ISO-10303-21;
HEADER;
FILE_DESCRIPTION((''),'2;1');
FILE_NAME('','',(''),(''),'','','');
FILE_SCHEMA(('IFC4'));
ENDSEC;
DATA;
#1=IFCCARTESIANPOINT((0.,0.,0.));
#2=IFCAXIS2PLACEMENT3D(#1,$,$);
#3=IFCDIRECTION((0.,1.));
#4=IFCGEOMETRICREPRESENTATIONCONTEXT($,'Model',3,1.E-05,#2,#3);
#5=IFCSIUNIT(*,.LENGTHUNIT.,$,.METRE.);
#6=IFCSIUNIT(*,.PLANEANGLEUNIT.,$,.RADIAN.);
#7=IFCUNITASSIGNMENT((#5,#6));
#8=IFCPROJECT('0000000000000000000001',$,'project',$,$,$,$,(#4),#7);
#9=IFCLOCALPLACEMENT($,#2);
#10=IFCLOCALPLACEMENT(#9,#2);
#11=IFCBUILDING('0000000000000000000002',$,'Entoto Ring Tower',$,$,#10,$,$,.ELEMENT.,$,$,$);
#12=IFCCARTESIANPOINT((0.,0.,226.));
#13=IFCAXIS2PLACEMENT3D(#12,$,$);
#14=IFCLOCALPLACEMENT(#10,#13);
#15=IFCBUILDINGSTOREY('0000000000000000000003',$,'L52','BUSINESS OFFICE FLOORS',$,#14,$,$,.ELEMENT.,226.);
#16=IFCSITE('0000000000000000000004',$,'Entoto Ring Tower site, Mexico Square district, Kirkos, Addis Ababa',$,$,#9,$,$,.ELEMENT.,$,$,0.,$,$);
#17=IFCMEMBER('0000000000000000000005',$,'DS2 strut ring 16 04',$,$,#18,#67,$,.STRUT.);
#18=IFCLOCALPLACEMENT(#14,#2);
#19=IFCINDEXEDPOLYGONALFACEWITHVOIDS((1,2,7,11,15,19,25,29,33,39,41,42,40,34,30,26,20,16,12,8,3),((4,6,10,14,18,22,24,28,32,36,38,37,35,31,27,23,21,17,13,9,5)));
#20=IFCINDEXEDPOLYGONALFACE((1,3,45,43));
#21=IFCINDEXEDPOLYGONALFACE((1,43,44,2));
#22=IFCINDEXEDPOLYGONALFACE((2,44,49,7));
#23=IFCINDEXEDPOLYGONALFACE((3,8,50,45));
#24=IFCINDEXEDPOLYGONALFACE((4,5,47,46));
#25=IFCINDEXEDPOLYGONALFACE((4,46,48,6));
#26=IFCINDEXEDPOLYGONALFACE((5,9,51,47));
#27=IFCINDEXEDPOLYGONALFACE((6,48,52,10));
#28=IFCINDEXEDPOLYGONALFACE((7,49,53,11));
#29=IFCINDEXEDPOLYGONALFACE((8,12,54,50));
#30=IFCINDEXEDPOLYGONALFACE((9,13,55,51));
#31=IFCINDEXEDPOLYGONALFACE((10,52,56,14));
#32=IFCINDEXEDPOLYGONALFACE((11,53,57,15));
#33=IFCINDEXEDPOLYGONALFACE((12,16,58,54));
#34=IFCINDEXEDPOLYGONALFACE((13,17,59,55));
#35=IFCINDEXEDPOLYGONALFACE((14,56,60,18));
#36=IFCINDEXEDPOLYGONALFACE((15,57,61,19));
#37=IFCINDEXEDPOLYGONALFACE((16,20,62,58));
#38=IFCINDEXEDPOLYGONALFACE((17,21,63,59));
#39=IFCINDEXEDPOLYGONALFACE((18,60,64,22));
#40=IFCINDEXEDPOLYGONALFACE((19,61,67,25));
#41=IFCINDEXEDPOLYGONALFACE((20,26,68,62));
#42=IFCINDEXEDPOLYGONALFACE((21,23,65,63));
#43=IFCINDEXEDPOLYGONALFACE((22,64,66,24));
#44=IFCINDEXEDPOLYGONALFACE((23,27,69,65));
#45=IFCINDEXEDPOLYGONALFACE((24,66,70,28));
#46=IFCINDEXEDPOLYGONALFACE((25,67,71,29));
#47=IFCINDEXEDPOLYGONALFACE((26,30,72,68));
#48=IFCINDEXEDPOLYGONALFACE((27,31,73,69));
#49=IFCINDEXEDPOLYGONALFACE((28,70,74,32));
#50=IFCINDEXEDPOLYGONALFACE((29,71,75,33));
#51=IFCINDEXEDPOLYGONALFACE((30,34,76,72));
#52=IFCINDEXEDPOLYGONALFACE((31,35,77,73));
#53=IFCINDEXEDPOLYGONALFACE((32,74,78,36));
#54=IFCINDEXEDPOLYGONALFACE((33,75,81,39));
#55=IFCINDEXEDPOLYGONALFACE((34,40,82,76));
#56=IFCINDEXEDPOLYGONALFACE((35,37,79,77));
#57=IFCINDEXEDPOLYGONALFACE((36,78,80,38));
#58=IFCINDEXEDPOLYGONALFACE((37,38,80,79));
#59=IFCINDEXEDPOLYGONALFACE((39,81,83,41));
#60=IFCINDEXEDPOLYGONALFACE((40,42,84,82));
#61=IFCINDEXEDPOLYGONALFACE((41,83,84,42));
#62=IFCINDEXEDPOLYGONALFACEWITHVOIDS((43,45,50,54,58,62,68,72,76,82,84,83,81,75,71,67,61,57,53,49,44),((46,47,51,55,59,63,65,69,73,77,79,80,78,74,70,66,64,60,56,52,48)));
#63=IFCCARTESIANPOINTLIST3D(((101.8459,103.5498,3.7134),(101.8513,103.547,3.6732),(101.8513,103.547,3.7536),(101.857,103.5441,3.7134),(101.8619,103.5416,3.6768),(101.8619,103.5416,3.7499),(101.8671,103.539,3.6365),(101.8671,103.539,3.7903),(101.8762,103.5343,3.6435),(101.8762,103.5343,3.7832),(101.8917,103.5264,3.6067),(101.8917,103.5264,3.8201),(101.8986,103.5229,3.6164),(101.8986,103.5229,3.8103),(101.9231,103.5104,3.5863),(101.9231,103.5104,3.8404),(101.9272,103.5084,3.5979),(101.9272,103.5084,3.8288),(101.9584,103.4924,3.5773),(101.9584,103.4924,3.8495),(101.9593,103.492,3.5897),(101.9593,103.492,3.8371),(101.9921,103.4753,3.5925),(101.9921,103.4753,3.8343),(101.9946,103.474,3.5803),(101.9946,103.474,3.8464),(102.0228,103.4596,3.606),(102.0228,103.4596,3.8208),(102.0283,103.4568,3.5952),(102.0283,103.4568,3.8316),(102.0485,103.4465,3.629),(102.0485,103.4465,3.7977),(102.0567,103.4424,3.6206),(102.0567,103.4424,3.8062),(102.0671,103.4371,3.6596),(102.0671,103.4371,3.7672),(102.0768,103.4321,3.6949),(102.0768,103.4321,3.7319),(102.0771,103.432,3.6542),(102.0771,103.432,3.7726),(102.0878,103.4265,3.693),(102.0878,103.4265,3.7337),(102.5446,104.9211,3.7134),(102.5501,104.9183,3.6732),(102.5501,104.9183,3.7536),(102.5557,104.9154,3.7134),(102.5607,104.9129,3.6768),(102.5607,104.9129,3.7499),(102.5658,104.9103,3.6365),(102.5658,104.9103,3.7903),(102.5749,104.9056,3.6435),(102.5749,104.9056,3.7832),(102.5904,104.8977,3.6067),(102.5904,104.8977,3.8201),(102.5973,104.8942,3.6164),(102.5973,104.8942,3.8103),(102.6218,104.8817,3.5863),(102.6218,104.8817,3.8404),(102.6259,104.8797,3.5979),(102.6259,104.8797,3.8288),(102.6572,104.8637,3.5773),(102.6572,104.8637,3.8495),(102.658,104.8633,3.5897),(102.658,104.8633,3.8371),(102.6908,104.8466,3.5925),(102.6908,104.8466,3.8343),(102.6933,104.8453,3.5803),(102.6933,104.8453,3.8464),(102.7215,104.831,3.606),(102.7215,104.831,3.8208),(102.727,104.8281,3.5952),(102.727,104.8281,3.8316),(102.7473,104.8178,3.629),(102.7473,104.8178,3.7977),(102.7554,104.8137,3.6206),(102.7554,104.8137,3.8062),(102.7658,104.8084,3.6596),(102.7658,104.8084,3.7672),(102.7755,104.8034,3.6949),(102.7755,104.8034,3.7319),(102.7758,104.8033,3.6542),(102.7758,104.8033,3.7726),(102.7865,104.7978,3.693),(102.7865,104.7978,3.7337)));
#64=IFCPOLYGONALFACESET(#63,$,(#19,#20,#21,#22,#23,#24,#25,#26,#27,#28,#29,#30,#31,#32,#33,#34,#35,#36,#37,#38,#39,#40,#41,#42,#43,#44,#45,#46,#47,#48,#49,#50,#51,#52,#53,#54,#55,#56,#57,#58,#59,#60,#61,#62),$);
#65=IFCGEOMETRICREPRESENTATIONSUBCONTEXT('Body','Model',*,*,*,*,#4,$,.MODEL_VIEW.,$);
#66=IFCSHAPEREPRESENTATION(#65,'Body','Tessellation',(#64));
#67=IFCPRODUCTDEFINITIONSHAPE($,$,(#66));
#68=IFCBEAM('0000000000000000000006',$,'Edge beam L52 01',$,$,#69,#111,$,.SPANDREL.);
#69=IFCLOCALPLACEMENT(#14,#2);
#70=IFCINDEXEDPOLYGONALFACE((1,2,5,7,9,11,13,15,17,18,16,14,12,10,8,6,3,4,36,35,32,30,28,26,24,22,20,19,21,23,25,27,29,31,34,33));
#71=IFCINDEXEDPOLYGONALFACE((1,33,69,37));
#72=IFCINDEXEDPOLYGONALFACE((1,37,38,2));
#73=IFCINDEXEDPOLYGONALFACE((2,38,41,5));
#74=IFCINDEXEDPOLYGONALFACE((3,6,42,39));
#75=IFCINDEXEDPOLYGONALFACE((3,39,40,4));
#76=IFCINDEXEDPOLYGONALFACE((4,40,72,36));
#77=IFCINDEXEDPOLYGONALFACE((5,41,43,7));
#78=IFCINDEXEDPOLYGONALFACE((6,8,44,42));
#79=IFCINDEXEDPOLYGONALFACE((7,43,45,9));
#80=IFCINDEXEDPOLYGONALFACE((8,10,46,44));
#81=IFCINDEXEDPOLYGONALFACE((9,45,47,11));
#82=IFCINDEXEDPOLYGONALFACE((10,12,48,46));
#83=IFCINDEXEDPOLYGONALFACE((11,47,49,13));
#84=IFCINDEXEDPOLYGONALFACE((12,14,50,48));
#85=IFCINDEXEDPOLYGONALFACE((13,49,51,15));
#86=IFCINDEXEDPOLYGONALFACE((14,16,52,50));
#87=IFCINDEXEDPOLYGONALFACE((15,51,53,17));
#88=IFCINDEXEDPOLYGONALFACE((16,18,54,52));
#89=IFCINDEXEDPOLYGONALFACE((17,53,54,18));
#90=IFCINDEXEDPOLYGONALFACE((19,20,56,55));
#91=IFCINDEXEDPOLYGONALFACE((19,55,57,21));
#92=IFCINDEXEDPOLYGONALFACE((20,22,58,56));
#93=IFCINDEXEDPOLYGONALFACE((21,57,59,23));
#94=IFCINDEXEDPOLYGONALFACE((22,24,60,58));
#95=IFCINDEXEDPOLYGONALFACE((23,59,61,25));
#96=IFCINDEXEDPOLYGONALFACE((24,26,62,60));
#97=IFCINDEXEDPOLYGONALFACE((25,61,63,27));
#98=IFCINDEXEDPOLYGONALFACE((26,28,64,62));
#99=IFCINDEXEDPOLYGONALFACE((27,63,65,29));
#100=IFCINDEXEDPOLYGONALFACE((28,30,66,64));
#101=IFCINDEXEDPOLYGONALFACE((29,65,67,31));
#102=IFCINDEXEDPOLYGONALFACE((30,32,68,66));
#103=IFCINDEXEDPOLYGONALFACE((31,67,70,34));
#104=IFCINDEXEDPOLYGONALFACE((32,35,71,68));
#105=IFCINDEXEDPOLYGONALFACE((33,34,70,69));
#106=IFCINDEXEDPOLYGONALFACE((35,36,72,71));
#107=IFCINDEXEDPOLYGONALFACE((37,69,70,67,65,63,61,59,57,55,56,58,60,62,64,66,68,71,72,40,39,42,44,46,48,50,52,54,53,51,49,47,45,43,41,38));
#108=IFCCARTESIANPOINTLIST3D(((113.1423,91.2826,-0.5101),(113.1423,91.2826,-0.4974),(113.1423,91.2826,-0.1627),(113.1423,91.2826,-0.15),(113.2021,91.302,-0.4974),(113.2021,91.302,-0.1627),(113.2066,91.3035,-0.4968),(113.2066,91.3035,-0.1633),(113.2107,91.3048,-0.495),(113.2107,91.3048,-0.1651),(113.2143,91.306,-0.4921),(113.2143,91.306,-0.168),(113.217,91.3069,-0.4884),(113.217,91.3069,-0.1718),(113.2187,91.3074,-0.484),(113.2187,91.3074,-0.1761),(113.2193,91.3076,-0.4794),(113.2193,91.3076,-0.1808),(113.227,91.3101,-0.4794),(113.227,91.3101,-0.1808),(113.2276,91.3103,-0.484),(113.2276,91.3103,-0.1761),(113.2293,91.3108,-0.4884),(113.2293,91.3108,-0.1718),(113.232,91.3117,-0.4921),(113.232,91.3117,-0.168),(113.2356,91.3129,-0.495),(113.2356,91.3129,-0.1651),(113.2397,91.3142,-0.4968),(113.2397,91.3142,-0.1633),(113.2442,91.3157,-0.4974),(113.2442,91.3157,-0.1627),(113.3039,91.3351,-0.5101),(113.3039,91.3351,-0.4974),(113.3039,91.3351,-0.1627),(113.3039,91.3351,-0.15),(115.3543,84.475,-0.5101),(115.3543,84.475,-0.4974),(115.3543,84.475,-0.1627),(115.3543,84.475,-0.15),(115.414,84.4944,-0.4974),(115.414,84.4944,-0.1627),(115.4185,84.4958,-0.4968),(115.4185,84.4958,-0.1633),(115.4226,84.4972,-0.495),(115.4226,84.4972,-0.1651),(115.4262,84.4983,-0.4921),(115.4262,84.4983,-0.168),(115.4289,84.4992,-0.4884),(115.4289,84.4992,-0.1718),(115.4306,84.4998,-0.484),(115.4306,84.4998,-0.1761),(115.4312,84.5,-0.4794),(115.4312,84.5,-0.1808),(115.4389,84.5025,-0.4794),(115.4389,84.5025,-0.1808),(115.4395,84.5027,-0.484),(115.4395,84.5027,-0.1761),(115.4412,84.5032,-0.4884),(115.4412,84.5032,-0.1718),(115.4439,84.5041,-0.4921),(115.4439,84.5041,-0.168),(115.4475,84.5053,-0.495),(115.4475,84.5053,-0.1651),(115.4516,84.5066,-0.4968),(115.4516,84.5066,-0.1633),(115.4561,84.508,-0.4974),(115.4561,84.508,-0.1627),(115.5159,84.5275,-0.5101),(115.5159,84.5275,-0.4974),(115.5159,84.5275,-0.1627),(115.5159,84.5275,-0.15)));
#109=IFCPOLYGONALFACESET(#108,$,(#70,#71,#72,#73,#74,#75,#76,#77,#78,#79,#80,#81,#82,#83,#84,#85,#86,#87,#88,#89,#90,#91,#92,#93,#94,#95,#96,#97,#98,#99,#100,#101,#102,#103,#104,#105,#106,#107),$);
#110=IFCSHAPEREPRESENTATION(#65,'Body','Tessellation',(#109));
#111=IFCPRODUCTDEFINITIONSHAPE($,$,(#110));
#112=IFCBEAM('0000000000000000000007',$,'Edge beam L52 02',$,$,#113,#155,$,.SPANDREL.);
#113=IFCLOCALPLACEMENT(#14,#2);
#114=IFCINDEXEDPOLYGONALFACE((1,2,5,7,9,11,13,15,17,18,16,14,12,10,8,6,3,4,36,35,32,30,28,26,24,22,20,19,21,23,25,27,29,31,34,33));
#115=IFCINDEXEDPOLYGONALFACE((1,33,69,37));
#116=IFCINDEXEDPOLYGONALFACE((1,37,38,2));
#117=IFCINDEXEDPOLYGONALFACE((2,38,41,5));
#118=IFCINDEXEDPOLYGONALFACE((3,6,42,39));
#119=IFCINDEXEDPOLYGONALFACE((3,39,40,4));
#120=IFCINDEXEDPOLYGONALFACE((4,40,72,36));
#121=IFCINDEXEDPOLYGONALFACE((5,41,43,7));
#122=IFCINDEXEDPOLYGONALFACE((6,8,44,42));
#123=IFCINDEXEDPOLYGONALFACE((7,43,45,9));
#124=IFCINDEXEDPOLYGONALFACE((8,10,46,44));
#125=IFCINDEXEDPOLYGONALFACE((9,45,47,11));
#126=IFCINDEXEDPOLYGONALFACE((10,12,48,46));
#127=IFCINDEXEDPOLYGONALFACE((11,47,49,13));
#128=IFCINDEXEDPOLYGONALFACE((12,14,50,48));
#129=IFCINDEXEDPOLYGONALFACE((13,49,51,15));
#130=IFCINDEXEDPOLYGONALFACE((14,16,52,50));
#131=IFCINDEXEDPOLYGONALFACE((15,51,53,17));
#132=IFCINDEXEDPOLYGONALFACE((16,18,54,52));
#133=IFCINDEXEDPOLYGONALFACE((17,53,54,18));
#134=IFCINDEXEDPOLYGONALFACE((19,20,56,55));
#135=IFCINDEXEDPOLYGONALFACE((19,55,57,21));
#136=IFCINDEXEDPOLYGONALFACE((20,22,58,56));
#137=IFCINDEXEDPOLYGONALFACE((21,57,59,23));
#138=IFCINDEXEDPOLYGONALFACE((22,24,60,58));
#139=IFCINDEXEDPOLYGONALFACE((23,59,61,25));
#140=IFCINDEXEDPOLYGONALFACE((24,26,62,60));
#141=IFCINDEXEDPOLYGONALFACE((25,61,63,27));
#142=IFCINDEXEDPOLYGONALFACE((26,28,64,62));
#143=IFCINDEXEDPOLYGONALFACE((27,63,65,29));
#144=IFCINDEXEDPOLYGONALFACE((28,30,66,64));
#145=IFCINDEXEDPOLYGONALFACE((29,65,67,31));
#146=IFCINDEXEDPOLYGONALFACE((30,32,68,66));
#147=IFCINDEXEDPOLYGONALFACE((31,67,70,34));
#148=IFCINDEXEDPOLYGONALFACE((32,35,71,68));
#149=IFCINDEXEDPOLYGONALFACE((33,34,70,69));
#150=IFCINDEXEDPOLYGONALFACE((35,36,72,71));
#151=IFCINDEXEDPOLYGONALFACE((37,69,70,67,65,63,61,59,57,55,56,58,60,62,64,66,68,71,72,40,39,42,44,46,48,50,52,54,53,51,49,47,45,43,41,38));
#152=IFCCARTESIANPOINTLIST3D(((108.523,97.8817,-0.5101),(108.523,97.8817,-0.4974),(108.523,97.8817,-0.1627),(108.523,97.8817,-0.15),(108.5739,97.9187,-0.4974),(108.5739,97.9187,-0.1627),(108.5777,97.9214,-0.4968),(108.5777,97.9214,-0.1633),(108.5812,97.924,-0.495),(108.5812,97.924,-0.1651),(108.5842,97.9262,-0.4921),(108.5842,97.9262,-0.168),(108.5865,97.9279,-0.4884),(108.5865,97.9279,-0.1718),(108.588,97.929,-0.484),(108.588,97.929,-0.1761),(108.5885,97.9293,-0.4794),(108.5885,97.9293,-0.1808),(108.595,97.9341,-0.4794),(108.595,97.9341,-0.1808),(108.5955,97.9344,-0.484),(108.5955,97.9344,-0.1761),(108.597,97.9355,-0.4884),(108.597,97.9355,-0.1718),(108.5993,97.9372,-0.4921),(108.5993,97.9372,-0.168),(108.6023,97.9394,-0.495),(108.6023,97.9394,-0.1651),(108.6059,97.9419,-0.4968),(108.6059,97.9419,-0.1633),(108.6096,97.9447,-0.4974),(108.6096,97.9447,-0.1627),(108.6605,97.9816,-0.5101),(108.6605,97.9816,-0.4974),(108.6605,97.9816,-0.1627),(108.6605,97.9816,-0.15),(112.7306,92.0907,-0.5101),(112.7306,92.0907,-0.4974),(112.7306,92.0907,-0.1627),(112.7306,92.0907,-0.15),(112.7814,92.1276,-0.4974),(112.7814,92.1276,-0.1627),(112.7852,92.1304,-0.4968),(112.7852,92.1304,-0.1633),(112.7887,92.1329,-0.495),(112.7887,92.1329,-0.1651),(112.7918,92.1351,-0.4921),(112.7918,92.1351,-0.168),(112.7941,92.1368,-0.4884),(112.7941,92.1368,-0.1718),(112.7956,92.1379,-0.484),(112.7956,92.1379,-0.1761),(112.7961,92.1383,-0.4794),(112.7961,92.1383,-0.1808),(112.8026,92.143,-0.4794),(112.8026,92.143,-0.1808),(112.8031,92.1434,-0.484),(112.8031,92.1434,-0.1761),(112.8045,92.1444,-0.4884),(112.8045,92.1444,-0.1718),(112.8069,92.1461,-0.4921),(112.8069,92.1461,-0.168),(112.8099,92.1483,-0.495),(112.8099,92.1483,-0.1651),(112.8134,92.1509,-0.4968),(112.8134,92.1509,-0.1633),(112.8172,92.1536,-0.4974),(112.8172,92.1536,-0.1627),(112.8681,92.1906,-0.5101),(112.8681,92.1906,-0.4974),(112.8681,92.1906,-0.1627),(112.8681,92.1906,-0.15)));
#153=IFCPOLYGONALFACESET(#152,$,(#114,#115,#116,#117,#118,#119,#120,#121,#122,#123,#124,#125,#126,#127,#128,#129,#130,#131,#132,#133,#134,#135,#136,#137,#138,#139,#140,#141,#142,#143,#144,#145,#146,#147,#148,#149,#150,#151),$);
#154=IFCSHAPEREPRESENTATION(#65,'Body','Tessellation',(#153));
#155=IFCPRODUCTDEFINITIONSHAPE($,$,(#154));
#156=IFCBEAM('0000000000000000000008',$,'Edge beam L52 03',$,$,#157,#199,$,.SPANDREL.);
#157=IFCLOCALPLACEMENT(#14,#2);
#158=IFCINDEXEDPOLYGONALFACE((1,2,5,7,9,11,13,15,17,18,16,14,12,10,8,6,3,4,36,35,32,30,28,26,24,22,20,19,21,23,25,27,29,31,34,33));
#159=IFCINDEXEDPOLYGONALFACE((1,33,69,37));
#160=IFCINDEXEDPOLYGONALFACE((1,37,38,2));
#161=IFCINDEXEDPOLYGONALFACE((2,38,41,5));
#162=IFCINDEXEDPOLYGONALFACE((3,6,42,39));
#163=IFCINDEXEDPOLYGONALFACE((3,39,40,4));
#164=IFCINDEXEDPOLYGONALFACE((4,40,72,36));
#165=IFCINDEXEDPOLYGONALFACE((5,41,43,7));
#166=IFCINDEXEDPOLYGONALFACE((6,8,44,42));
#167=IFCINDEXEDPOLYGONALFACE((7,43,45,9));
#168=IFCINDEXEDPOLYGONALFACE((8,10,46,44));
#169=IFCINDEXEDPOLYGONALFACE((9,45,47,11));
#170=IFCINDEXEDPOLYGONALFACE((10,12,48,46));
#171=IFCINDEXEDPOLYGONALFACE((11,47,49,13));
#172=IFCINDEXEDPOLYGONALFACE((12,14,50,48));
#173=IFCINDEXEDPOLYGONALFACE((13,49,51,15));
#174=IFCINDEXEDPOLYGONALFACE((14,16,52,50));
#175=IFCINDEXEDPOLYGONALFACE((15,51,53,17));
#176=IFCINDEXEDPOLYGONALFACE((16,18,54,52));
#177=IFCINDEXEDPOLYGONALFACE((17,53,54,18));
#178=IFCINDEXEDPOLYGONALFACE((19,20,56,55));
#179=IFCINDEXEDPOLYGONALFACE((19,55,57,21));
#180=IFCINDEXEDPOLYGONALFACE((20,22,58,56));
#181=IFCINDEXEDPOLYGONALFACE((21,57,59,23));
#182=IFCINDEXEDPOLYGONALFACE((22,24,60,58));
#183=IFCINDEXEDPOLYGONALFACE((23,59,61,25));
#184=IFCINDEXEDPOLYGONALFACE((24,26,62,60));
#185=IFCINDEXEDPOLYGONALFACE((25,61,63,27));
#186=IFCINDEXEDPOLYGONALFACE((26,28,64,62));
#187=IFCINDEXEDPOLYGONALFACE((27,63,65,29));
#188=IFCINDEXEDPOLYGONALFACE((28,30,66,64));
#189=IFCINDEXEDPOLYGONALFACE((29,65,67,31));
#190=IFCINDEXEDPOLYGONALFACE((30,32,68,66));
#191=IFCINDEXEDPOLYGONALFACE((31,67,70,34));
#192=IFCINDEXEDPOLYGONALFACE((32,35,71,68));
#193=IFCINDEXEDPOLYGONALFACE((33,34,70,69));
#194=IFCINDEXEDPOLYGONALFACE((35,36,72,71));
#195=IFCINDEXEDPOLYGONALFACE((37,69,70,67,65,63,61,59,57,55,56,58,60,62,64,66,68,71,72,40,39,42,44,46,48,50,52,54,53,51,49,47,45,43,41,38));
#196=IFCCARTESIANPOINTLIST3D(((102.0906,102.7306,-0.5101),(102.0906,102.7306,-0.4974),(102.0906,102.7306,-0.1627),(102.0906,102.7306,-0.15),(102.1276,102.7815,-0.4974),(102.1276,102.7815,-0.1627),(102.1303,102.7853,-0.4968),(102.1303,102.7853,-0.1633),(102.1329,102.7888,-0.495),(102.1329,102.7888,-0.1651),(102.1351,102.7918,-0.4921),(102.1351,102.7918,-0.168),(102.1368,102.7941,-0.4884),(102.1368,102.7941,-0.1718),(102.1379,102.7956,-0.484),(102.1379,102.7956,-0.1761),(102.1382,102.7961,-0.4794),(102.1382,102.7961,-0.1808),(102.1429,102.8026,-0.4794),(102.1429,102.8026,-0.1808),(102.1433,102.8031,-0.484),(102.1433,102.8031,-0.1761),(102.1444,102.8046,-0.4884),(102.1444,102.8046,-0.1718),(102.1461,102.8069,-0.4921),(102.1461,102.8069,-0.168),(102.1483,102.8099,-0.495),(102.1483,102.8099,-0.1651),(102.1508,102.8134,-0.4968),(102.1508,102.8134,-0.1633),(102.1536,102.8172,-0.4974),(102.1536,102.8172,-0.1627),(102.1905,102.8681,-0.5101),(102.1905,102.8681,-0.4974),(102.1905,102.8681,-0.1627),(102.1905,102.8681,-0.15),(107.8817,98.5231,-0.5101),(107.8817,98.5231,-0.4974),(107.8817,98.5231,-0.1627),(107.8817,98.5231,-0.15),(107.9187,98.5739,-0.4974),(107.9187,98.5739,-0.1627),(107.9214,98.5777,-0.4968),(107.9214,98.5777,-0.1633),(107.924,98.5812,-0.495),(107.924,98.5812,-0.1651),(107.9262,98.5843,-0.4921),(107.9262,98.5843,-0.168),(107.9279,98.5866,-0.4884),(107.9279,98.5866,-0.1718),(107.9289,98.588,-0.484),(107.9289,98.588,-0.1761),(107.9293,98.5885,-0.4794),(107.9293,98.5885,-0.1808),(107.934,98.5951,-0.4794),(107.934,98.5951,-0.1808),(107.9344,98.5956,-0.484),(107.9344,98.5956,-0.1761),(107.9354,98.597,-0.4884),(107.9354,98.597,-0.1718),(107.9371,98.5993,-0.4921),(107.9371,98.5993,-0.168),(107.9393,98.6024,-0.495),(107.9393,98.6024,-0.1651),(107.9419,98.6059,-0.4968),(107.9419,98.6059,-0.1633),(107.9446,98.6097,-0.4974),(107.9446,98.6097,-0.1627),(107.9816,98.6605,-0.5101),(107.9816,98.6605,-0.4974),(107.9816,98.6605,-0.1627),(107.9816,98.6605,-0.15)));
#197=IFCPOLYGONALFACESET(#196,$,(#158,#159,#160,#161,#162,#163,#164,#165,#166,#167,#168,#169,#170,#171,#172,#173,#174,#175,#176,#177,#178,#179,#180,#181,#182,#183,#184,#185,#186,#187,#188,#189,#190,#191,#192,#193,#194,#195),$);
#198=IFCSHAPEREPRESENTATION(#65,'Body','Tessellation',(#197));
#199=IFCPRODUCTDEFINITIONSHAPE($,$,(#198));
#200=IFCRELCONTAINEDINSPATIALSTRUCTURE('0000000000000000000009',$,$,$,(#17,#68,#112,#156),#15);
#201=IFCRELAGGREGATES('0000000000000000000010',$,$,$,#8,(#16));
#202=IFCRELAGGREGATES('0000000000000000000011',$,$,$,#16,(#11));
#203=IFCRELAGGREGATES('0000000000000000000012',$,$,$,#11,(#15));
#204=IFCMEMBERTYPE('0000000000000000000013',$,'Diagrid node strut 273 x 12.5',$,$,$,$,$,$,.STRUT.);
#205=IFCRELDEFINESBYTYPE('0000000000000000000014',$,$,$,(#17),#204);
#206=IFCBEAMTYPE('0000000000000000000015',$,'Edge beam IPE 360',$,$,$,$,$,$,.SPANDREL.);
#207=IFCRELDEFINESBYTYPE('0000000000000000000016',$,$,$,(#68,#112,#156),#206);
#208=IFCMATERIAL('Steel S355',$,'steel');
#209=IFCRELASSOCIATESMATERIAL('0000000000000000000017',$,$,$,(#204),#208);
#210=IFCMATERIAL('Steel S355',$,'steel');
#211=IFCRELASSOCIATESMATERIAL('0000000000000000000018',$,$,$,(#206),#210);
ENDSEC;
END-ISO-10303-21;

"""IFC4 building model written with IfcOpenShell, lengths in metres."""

from ifc_helpers import new_model, si_unit, direction, frame, origin, origin_2d, place, context, subcontext, project, spatial, circle, hollow_circle, i_section, extrude, material, material_profile, profile_set, type_object, element, save


model = new_model("IFC4")

# Units and contexts
model_context = context("Model", 3, precision=1e-05, world=origin(), true_north=direction((0.0, 1.0)))
body_context = subcontext(model_context, "Body", "Model", "MODEL_VIEW")
ifc_project = project(units=[si_unit("LENGTHUNIT", "METRE"), si_unit("PLANEANGLEUNIT", "RADIAN")], contexts=[model_context])

# Site, building, storey
site_placement = place(None, origin())
site = spatial("IfcSite", under=ifc_project, at=site_placement, Name="Entoto Ring Tower site, Mexico Square district, Kirkos, Addis Ababa", CompositionType="ELEMENT", RefElevation=0.0)
building_placement = place(site_placement, origin())
building = spatial("IfcBuilding", under=site, at=building_placement, Name="Entoto Ring Tower", CompositionType="ELEMENT")
storey_placement = place(building_placement, frame((0.0, 0.0, 226.0)))
storey = spatial("IfcBuildingStorey", under=building, at=storey_placement, Name="L52", Description="BUSINESS OFFICE FLOORS", CompositionType="ELEMENT", Elevation=226.0)

# Member
ifc_material_1 = material(Name="Steel S355", Category="steel")
ifc_material_profile_1 = material_profile(ifc_material_1, hollow_circle(Radius=0.1365, WallThickness=0.0125, at=origin_2d()), Name="CHS 273 x 12.5")
ifc_material_2 = material(Name="Concrete C60/75", Category="concrete")
ifc_material_profile_2 = material_profile(ifc_material_2, circle(Radius=0.124, at=origin_2d()), Name="Concrete C60/75 infill")
ifc_profile_set_1 = profile_set([ifc_material_profile_1, ifc_material_profile_2], Name="Steel S355")
member_type = type_object("IfcMemberType", Name="Diagrid node strut 273 x 12.5", PredefinedType="STRUT", material=ifc_profile_set_1)
member_1_placement = place(storey_placement, frame((101.9675, 103.4878, 3.7134), z_axis=(0.45399, 0.891007, 0.0), x_axis=(-0.891007, 0.45399, 0.0)))
element("IfcMember", 1, at=member_1_placement, inside=storey, type_object=member_type, Name="DS2 strut ring 16 04", PredefinedType="STRUT", context=body_context, shape_type="SweptSolid", body=[
    extrude(hollow_circle(Radius=0.1365, WallThickness=0.0125, at=origin_2d()), origin(), (0.0, 0.0, 1.0), 1.5391),
])

# Beams
ifc_material_3 = material(Name="Steel S355", Category="steel")
ifc_material_profile_3 = material_profile(ifc_material_3, i_section(OverallWidth=0.1699, OverallDepth=0.3601, WebThickness=0.0081, FlangeThickness=0.0127, FilletRadius=0.0181, at=origin_2d()), Name="IPE 360")
ifc_profile_set_2 = profile_set([ifc_material_profile_3], Name="Steel S355")
beam_type_1 = type_object("IfcBeamType", Name="Edge beam IPE 360", PredefinedType="SPANDREL", material=ifc_profile_set_2)
beam_1_placement = place(storey_placement, frame((115.4351, 84.5012, -0.3301), z_axis=(-0.309015, 0.951057, 0.0), x_axis=(-0.951057, -0.309015, 0.0)))
element("IfcBeam", 2, at=beam_1_placement, inside=storey, type_object=beam_type_1, Name="Edge beam L52 01", PredefinedType="SPANDREL", context=body_context, shape_type="SweptSolid", body=[
    extrude(i_section(OverallWidth=0.1699, OverallDepth=0.3601, WebThickness=0.0081, FlangeThickness=0.0127, FilletRadius=0.0181, at=origin_2d()), origin(), (0.0, 0.0, 1.0), 7.158),
])
for number, where, z_axis, x_axis, name in (
    (3, (112.7993, 92.1406, -0.3301), (-0.587794, 0.80901, 0.0), (-0.80901, -0.587794, 0.0), "Edge beam L52 02"),
    (4, (107.9316, 98.5918, -0.3301), (-0.80901, 0.587794, 0.0), (-0.587794, -0.80901, 0.0), "Edge beam L52 03"),
):
    element("IfcBeam", number, at=place(storey_placement, frame(where, z_axis=z_axis, x_axis=x_axis)), inside=storey, type_object=beam_type_1, Name=name, PredefinedType="SPANDREL", context=body_context, shape_type="SweptSolid", body=[
        extrude(i_section(OverallWidth=0.1699, OverallDepth=0.3601, WebThickness=0.0081, FlangeThickness=0.0127, FilletRadius=0.0181, at=origin_2d()), origin(), (0.0, 0.0, 1.0), 7.1582),
    ])

save(model, "model.ifc")
